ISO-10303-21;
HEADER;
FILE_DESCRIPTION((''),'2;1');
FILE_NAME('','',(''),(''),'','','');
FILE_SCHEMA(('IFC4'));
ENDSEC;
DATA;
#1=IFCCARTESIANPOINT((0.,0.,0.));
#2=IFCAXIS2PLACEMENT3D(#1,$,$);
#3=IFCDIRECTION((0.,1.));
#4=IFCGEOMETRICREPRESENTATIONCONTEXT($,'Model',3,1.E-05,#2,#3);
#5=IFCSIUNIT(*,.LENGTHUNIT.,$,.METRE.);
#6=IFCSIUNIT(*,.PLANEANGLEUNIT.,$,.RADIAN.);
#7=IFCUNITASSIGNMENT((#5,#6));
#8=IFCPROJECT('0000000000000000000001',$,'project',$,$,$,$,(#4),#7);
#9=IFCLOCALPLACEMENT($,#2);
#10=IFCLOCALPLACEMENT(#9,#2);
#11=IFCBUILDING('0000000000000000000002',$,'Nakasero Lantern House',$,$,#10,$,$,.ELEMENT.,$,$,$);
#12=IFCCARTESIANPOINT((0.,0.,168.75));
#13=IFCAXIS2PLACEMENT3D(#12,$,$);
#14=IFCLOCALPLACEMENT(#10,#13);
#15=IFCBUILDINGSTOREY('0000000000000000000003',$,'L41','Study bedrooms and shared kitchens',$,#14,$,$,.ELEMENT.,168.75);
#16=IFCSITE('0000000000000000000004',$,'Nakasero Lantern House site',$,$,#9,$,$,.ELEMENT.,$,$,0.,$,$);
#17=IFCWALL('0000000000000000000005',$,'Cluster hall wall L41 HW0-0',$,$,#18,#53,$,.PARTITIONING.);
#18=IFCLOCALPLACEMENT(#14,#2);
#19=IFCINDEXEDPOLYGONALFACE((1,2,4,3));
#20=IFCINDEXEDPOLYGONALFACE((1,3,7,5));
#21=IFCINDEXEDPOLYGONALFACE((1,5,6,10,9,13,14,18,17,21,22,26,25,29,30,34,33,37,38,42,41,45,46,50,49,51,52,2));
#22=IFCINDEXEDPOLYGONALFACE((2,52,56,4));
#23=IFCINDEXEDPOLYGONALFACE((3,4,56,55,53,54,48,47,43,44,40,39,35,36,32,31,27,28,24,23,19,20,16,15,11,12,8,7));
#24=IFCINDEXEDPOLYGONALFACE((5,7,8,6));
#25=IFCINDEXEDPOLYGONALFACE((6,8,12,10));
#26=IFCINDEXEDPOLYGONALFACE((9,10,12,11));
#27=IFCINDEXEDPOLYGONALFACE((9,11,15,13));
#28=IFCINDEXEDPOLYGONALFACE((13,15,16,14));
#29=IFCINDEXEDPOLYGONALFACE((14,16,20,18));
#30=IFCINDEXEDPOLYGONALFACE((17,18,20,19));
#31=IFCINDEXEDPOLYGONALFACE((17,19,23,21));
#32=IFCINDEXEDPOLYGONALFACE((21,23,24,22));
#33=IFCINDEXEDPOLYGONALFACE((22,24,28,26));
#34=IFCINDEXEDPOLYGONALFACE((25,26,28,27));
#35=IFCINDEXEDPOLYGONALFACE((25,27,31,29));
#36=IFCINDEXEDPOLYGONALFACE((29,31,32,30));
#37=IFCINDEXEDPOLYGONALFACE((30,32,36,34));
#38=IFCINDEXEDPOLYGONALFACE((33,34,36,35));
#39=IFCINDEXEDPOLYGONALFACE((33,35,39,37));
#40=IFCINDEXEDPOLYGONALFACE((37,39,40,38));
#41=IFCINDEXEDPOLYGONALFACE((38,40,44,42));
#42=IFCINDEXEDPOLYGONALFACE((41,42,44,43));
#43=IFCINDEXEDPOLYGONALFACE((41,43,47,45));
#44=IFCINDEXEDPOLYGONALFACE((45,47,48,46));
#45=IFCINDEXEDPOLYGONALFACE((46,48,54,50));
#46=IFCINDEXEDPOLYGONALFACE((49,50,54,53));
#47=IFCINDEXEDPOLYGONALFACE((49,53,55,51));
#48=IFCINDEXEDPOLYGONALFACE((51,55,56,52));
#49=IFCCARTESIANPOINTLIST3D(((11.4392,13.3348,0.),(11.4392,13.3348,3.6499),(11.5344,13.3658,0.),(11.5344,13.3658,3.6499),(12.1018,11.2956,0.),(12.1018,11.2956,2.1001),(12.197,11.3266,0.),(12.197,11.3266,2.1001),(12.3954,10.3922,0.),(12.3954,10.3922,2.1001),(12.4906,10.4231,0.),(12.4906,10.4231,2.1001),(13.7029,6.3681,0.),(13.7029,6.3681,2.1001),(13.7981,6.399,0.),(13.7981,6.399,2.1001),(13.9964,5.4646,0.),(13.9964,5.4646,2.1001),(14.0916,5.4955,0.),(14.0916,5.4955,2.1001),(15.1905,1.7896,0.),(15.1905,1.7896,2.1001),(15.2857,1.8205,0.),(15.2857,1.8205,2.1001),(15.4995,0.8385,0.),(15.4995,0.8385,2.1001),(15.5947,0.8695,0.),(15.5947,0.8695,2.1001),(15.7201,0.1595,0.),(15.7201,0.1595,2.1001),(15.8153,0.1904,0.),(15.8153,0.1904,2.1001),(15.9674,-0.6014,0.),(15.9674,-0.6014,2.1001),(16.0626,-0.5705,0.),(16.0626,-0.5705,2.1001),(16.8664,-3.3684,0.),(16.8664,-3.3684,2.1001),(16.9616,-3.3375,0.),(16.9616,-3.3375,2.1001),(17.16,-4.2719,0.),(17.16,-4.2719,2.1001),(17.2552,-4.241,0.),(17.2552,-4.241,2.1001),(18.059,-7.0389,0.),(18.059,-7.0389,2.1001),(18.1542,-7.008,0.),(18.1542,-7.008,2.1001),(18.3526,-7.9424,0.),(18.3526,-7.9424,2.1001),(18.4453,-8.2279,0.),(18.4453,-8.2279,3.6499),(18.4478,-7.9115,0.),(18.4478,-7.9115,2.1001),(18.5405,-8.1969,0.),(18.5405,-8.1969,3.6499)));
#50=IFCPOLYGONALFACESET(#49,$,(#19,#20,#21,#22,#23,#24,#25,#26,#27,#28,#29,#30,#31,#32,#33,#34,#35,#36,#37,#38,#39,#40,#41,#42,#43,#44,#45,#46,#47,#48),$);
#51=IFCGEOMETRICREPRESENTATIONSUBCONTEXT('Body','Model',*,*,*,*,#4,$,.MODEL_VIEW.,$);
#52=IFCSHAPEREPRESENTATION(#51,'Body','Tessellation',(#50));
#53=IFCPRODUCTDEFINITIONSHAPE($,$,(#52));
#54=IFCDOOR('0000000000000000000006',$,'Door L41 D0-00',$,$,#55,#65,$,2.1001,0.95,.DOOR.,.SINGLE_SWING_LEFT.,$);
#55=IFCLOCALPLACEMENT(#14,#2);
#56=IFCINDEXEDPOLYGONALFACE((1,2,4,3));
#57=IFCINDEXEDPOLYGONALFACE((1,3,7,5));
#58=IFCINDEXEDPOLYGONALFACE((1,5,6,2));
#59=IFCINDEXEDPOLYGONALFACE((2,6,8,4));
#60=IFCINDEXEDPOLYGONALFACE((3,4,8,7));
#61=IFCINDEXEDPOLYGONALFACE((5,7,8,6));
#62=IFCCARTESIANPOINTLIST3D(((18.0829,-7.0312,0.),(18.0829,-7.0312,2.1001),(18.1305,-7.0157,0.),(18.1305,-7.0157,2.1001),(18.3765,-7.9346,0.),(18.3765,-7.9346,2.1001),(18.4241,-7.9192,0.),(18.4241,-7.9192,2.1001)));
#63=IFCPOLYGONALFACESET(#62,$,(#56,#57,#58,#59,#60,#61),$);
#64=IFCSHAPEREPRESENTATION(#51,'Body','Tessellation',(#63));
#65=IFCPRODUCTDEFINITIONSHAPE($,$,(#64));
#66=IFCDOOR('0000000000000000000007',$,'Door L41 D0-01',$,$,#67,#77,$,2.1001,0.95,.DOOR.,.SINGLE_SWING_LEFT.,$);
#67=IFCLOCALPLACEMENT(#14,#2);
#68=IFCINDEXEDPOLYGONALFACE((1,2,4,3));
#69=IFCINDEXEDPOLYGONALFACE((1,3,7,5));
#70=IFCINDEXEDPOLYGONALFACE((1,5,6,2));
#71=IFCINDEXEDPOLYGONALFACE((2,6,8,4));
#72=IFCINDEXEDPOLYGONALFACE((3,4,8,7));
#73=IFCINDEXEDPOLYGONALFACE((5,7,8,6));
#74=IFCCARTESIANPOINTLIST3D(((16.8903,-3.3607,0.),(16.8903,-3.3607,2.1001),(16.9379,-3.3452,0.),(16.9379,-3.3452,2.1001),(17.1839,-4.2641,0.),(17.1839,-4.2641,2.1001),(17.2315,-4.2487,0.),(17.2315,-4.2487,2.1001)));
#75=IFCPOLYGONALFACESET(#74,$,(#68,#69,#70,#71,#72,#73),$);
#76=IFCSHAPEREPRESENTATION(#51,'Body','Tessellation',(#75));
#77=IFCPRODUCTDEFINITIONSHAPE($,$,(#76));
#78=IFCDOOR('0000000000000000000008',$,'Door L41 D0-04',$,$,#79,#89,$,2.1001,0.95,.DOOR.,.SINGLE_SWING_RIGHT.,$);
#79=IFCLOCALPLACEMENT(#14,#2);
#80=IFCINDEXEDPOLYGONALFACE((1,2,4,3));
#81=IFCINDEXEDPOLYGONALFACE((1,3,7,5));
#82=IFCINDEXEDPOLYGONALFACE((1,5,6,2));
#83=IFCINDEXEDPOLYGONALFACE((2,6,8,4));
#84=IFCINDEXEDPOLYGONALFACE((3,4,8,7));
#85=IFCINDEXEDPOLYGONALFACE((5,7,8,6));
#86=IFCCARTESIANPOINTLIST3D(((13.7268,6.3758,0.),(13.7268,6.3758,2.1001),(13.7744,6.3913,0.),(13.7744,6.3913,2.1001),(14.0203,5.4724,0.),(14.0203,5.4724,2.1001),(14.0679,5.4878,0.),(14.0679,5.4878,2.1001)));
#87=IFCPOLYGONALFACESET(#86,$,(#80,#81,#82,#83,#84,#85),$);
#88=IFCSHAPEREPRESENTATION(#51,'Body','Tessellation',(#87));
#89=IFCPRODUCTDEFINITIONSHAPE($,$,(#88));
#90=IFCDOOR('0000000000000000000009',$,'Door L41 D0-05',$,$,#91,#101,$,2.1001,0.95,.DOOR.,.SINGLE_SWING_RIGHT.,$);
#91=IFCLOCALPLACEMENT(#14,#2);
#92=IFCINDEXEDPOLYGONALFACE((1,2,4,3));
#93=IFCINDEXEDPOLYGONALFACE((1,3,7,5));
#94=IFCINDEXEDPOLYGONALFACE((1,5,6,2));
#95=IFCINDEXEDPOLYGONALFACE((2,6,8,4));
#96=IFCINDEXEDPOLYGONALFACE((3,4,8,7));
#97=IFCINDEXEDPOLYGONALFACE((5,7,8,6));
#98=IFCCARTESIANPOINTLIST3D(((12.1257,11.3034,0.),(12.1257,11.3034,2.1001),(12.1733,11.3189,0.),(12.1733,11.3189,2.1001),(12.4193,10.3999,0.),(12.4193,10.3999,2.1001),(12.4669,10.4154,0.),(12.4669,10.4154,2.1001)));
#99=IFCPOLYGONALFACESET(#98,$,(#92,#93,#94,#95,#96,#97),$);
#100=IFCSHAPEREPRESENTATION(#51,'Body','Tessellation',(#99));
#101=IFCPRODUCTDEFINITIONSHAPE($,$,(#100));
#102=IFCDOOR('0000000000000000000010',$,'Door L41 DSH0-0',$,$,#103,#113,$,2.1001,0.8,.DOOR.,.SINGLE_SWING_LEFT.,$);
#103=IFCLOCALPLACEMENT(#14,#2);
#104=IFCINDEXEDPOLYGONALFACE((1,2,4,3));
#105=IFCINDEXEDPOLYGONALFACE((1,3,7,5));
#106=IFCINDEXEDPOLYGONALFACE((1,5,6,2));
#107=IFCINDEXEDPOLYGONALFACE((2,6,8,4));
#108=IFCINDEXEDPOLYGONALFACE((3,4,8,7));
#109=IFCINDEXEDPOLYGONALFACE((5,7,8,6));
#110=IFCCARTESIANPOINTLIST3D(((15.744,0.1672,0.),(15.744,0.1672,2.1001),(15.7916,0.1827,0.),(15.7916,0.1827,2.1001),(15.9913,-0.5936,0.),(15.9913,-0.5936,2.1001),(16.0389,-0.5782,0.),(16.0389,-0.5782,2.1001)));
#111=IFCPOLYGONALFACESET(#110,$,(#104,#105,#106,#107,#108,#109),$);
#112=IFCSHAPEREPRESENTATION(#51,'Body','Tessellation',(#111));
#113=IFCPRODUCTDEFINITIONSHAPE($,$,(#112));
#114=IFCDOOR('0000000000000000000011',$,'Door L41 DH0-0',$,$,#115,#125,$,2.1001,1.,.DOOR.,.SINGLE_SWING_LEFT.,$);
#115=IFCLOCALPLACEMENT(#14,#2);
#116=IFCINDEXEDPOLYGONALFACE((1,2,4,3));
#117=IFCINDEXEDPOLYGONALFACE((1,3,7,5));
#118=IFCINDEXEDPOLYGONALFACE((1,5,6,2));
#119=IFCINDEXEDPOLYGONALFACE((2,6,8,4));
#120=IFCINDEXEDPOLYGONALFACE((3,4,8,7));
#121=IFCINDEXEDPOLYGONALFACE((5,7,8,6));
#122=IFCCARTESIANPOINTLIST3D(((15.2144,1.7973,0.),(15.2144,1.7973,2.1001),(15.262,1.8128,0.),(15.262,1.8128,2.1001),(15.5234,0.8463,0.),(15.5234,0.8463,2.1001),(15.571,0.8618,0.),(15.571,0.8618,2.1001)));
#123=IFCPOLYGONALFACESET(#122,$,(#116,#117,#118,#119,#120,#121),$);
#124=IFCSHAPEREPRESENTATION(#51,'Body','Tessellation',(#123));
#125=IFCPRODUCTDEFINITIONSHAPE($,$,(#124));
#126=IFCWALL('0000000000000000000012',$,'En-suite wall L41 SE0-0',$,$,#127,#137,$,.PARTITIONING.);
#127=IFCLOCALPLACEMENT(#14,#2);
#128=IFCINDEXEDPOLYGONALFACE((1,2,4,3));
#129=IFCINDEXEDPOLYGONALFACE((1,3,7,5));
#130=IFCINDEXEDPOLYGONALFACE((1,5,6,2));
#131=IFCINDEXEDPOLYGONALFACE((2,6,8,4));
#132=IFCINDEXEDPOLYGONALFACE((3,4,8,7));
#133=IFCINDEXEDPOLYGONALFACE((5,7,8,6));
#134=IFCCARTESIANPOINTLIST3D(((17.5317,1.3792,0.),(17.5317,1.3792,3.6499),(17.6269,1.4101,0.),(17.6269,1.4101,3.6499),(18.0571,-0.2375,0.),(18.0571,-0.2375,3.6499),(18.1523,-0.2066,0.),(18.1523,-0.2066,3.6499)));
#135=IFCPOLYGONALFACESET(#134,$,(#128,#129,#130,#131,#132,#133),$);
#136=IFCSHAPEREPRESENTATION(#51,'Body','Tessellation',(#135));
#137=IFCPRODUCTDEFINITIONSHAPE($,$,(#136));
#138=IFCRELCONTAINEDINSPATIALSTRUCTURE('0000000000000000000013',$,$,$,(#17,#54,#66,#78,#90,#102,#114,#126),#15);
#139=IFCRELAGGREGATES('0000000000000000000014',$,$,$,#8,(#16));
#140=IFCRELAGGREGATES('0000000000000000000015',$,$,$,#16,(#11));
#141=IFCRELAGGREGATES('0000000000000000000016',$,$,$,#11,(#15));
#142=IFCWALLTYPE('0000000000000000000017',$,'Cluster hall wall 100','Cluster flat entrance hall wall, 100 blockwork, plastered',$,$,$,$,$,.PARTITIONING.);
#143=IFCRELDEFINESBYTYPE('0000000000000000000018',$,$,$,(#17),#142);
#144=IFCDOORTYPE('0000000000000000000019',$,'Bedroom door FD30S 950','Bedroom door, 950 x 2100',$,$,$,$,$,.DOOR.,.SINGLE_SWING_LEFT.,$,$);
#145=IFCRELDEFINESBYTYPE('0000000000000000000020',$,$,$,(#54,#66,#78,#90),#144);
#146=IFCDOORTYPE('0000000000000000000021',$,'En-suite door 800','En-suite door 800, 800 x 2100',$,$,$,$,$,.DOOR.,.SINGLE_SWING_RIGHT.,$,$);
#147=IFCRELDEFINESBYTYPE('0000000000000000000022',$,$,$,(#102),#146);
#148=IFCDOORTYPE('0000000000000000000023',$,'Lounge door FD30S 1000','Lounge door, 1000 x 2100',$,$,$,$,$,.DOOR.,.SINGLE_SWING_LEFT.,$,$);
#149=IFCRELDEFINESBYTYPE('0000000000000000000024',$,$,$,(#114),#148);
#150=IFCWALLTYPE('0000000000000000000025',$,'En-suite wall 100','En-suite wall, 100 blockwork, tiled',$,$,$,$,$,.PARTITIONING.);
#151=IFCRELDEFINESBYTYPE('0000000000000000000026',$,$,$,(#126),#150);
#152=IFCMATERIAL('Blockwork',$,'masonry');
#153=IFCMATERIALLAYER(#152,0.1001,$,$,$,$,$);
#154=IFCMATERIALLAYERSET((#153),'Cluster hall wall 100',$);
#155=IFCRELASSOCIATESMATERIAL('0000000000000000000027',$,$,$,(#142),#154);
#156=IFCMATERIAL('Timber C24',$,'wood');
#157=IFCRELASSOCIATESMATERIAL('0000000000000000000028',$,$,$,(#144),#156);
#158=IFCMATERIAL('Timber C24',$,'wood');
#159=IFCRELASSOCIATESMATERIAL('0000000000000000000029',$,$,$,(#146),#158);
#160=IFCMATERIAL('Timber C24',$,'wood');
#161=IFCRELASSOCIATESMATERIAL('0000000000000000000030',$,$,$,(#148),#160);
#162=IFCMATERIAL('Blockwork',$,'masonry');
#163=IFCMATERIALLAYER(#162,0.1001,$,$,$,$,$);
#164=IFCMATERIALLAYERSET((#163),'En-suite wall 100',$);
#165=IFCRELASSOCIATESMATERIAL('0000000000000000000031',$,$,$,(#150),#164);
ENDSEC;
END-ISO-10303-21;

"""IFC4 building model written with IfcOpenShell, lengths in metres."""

from ifc_helpers import new_model, si_unit, direction, frame, frame_2d, origin, place, context, subcontext, project, spatial, rectangle, extrude, material, layer, layer_set, type_object, element, fill, save


model = new_model("IFC4")

# Units and contexts
model_context = context("Model", 3, precision=1e-05, world=origin(), true_north=direction((0.0, 1.0)))
body_context = subcontext(model_context, "Body", "Model", "MODEL_VIEW")
ifc_project = project(units=[si_unit("LENGTHUNIT", "METRE"), si_unit("PLANEANGLEUNIT", "RADIAN")], contexts=[model_context])

# Site, building, storey
site_placement = place(None, origin())
site = spatial("IfcSite", under=ifc_project, at=site_placement, Name="Nakasero Lantern House site", CompositionType="ELEMENT", RefElevation=0.0)
building_placement = place(site_placement, origin())
building = spatial("IfcBuilding", under=site, at=building_placement, Name="Nakasero Lantern House", CompositionType="ELEMENT")
storey_placement = place(building_placement, frame((0.0, 0.0, 168.75)))
storey = spatial("IfcBuildingStorey", under=building, at=storey_placement, Name="L41", Description="Study bedrooms and shared kitchens", CompositionType="ELEMENT", Elevation=168.75)

# Wall, openings, doors
ifc_material_1 = material(Name="Blockwork", Category="masonry")
ifc_layer_1 = layer(ifc_material_1, 0.1001)
ifc_layer_set_1 = layer_set([ifc_layer_1], Name="Cluster hall wall 100")
wall_type_1 = type_object("IfcWallType", Name="Cluster hall wall 100", Description="Cluster flat entrance hall wall, 100 blockwork, plastered", PredefinedType="PARTITIONING", material=ifc_layer_set_1)
wall_1_placement = place(storey_placement, frame((18.4929, -8.2124, 0.0), z_axis=(0.0, 0.0, 1.0), x_axis=(-0.309015, 0.951057, 0.0)))
wall_1 = element("IfcWall", 1, at=wall_1_placement, inside=storey, type_object=wall_type_1, Name="Cluster hall wall L41 HW0-0", PredefinedType="PARTITIONING", context=body_context, shape_type="SweptSolid", body=[
    extrude(rectangle(XDim=22.6724, YDim=0.1001, at=frame_2d((11.3362, 0.0))), origin(), (0.0, 0.0, 1.0), 3.6499),
])
opening_1_placement = place(wall_1_placement, frame((9.533, 0.0, 0.0)))
opening_1 = element("IfcOpeningElement", 2, at=opening_1_placement, cuts=wall_1, PredefinedType="OPENING", context=body_context, shape_type="SweptSolid", body=[
    extrude(rectangle(XDim=1.0, YDim=2.1001, at=frame_2d((0.5, 1.05))), frame((0.0, 0.0701, 0.0), z_axis=(0.0, -1.0, 0.0), x_axis=(1.0, 0.0, 0.0)), (0.0, 0.0, 1.0), 0.1401),
])
opening_2_placement = place(wall_1_placement, frame((8.019, 0.0, 0.0)))
opening_2 = element("IfcOpeningElement", 3, at=opening_2_placement, cuts=wall_1, PredefinedType="OPENING", context=body_context, shape_type="SweptSolid", body=[
    extrude(rectangle(XDim=0.8, YDim=2.1001, at=frame_2d((0.3999, 1.05))), frame((0.0, 0.0701, 0.0), z_axis=(0.0, -1.0, 0.0), x_axis=(1.0, 0.0, 0.0)), (0.0, 0.0, 1.0), 0.1401),
])
opening_3_placement = place(wall_1_placement, frame((0.3, 0.0, 0.0)))
opening_3 = element("IfcOpeningElement", 4, at=opening_3_placement, cuts=wall_1, PredefinedType="OPENING", context=body_context, shape_type="SweptSolid", body=[
    extrude(rectangle(XDim=0.95, YDim=2.1001, at=frame_2d((0.4751, 1.05))), frame((0.0, 0.0701, 0.0), z_axis=(0.0, -1.0, 0.0), x_axis=(1.0, 0.0, 0.0)), (0.0, 0.0, 1.0), 0.1401),
])
opening_4_placement = place(wall_1_placement, frame((4.1594, 0.0, 0.0)))
opening_4 = element("IfcOpeningElement", 5, at=opening_4_placement, cuts=wall_1, PredefinedType="OPENING", context=body_context, shape_type="SweptSolid", body=[
    extrude(rectangle(XDim=0.95, YDim=2.1001, at=frame_2d((0.4751, 1.05))), frame((0.0, 0.0701, 0.0), z_axis=(0.0, -1.0, 0.0), x_axis=(1.0, 0.0, 0.0)), (0.0, 0.0, 1.0), 0.1401),
])
opening_5_placement = place(wall_1_placement, frame((14.397, 0.0, 0.0)))
opening_5 = element("IfcOpeningElement", 6, at=opening_5_placement, cuts=wall_1, PredefinedType="OPENING", context=body_context, shape_type="SweptSolid", body=[
    extrude(rectangle(XDim=0.95, YDim=2.1001, at=frame_2d((0.4751, 1.05))), frame((0.0, 0.0701, 0.0), z_axis=(0.0, -1.0, 0.0), x_axis=(1.0, 0.0, 0.0)), (0.0, 0.0, 1.0), 0.1401),
])
opening_6_placement = place(wall_1_placement, frame((19.5781, 0.0, 0.0)))
opening_6 = element("IfcOpeningElement", 7, at=opening_6_placement, cuts=wall_1, PredefinedType="OPENING", context=body_context, shape_type="SweptSolid", body=[
    extrude(rectangle(XDim=0.95, YDim=2.1001, at=frame_2d((0.4751, 1.05))), frame((0.0, 0.0701, 0.0), z_axis=(0.0, -1.0, 0.0), x_axis=(1.0, 0.0, 0.0)), (0.0, 0.0, 1.0), 0.1401),
])
ifc_material_2 = material(Name="Timber C24", Category="wood")
door_type_1 = type_object("IfcDoorType", Name="Bedroom door FD30S 950", Description="Bedroom door, 950 x 2100", OperationType="SINGLE_SWING_LEFT", PredefinedType="DOOR", material=ifc_material_2)
door_1_placement = place(opening_3_placement, origin())
door_1 = element("IfcDoor", 8, at=door_1_placement, inside=storey, type_object=door_type_1, Name="Door L41 D0-00", OperationType="SINGLE_SWING_LEFT", OverallHeight=2.1001, OverallWidth=0.95, PredefinedType="DOOR", context=body_context, shape_type="SweptSolid", body=[
    extrude(rectangle(XDim=0.95, YDim=2.1001, at=frame_2d((0.4751, 1.05))), frame((0.0, 0.0249, 0.0), z_axis=(0.0, -1.0, 0.0), x_axis=(1.0, 0.0, 0.0)), (0.0, 0.0, 1.0), 0.05),
])
fill(opening_3, door_1)
door_2_placement = place(opening_4_placement, origin())
door_2 = element("IfcDoor", 9, at=door_2_placement, inside=storey, type_object=door_type_1, Name="Door L41 D0-01", OperationType="SINGLE_SWING_LEFT", OverallHeight=2.1001, OverallWidth=0.95, PredefinedType="DOOR", context=body_context, shape_type="SweptSolid", body=[
    extrude(rectangle(XDim=0.95, YDim=2.1001, at=frame_2d((0.4751, 1.05))), frame((0.0, 0.0249, 0.0), z_axis=(0.0, -1.0, 0.0), x_axis=(1.0, 0.0, 0.0)), (0.0, 0.0, 1.0), 0.05),
])
fill(opening_4, door_2)
door_3_placement = place(opening_5_placement, origin())
door_3 = element("IfcDoor", 10, at=door_3_placement, inside=storey, type_object=door_type_1, Name="Door L41 D0-04", OperationType="SINGLE_SWING_RIGHT", OverallHeight=2.1001, OverallWidth=0.95, PredefinedType="DOOR", context=body_context, shape_type="SweptSolid", body=[
    extrude(rectangle(XDim=0.95, YDim=2.1001, at=frame_2d((0.4751, 1.05))), frame((0.0, 0.0249, 0.0), z_axis=(0.0, -1.0, 0.0), x_axis=(1.0, 0.0, 0.0)), (0.0, 0.0, 1.0), 0.05),
])
fill(opening_5, door_3)
door_4_placement = place(opening_6_placement, origin())
door_4 = element("IfcDoor", 11, at=door_4_placement, inside=storey, type_object=door_type_1, Name="Door L41 D0-05", OperationType="SINGLE_SWING_RIGHT", OverallHeight=2.1001, OverallWidth=0.95, PredefinedType="DOOR", context=body_context, shape_type="SweptSolid", body=[
    extrude(rectangle(XDim=0.95, YDim=2.1001, at=frame_2d((0.4751, 1.05))), frame((0.0, 0.0249, 0.0), z_axis=(0.0, -1.0, 0.0), x_axis=(1.0, 0.0, 0.0)), (0.0, 0.0, 1.0), 0.05),
])
fill(opening_6, door_4)
ifc_material_3 = material(Name="Timber C24", Category="wood")
door_type_2 = type_object("IfcDoorType", Name="En-suite door 800", Description="En-suite door 800, 800 x 2100", OperationType="SINGLE_SWING_RIGHT", PredefinedType="DOOR", material=ifc_material_3)
door_5_placement = place(opening_2_placement, origin())
door_5 = element("IfcDoor", 12, at=door_5_placement, inside=storey, type_object=door_type_2, Name="Door L41 DSH0-0", OperationType="SINGLE_SWING_LEFT", OverallHeight=2.1001, OverallWidth=0.8, PredefinedType="DOOR", context=body_context, shape_type="SweptSolid", body=[
    extrude(rectangle(XDim=0.8, YDim=2.1001, at=frame_2d((0.3999, 1.05))), frame((0.0, 0.0249, 0.0), z_axis=(0.0, -1.0, 0.0), x_axis=(1.0, 0.0, 0.0)), (0.0, 0.0, 1.0), 0.05),
])
fill(opening_2, door_5)
ifc_material_4 = material(Name="Timber C24", Category="wood")
door_type_3 = type_object("IfcDoorType", Name="Lounge door FD30S 1000", Description="Lounge door, 1000 x 2100", OperationType="SINGLE_SWING_LEFT", PredefinedType="DOOR", material=ifc_material_4)
door_6_placement = place(opening_1_placement, origin())
door_6 = element("IfcDoor", 13, at=door_6_placement, inside=storey, type_object=door_type_3, Name="Door L41 DH0-0", OperationType="SINGLE_SWING_LEFT", OverallHeight=2.1001, OverallWidth=1.0, PredefinedType="DOOR", context=body_context, shape_type="SweptSolid", body=[
    extrude(rectangle(XDim=1.0, YDim=2.1001, at=frame_2d((0.5, 1.05))), frame((0.0, 0.0249, 0.0), z_axis=(0.0, -1.0, 0.0), x_axis=(1.0, 0.0, 0.0)), (0.0, 0.0, 1.0), 0.05),
])
fill(opening_1, door_6)

# Wall
ifc_material_5 = material(Name="Blockwork", Category="masonry")
ifc_layer_2 = layer(ifc_material_5, 0.1001)
ifc_layer_set_2 = layer_set([ifc_layer_2], Name="En-suite wall 100")
wall_type_2 = type_object("IfcWallType", Name="En-suite wall 100", Description="En-suite wall, 100 blockwork, tiled", PredefinedType="PARTITIONING", material=ifc_layer_set_2)
wall_2_placement = place(storey_placement, frame((18.1047, -0.2222, 0.0), z_axis=(0.0, 0.0, 1.0), x_axis=(-0.309067, 0.95104, 0.0)))
element("IfcWall", 14, at=wall_2_placement, inside=storey, type_object=wall_type_2, Name="En-suite wall L41 SE0-0", PredefinedType="PARTITIONING", context=body_context, shape_type="SweptSolid", body=[
    extrude(rectangle(XDim=1.7, YDim=0.1001, at=frame_2d((0.8501, 0.0))), origin(), (0.0, 0.0, 1.0), 3.6499),
])

save(model, "model.ifc")
